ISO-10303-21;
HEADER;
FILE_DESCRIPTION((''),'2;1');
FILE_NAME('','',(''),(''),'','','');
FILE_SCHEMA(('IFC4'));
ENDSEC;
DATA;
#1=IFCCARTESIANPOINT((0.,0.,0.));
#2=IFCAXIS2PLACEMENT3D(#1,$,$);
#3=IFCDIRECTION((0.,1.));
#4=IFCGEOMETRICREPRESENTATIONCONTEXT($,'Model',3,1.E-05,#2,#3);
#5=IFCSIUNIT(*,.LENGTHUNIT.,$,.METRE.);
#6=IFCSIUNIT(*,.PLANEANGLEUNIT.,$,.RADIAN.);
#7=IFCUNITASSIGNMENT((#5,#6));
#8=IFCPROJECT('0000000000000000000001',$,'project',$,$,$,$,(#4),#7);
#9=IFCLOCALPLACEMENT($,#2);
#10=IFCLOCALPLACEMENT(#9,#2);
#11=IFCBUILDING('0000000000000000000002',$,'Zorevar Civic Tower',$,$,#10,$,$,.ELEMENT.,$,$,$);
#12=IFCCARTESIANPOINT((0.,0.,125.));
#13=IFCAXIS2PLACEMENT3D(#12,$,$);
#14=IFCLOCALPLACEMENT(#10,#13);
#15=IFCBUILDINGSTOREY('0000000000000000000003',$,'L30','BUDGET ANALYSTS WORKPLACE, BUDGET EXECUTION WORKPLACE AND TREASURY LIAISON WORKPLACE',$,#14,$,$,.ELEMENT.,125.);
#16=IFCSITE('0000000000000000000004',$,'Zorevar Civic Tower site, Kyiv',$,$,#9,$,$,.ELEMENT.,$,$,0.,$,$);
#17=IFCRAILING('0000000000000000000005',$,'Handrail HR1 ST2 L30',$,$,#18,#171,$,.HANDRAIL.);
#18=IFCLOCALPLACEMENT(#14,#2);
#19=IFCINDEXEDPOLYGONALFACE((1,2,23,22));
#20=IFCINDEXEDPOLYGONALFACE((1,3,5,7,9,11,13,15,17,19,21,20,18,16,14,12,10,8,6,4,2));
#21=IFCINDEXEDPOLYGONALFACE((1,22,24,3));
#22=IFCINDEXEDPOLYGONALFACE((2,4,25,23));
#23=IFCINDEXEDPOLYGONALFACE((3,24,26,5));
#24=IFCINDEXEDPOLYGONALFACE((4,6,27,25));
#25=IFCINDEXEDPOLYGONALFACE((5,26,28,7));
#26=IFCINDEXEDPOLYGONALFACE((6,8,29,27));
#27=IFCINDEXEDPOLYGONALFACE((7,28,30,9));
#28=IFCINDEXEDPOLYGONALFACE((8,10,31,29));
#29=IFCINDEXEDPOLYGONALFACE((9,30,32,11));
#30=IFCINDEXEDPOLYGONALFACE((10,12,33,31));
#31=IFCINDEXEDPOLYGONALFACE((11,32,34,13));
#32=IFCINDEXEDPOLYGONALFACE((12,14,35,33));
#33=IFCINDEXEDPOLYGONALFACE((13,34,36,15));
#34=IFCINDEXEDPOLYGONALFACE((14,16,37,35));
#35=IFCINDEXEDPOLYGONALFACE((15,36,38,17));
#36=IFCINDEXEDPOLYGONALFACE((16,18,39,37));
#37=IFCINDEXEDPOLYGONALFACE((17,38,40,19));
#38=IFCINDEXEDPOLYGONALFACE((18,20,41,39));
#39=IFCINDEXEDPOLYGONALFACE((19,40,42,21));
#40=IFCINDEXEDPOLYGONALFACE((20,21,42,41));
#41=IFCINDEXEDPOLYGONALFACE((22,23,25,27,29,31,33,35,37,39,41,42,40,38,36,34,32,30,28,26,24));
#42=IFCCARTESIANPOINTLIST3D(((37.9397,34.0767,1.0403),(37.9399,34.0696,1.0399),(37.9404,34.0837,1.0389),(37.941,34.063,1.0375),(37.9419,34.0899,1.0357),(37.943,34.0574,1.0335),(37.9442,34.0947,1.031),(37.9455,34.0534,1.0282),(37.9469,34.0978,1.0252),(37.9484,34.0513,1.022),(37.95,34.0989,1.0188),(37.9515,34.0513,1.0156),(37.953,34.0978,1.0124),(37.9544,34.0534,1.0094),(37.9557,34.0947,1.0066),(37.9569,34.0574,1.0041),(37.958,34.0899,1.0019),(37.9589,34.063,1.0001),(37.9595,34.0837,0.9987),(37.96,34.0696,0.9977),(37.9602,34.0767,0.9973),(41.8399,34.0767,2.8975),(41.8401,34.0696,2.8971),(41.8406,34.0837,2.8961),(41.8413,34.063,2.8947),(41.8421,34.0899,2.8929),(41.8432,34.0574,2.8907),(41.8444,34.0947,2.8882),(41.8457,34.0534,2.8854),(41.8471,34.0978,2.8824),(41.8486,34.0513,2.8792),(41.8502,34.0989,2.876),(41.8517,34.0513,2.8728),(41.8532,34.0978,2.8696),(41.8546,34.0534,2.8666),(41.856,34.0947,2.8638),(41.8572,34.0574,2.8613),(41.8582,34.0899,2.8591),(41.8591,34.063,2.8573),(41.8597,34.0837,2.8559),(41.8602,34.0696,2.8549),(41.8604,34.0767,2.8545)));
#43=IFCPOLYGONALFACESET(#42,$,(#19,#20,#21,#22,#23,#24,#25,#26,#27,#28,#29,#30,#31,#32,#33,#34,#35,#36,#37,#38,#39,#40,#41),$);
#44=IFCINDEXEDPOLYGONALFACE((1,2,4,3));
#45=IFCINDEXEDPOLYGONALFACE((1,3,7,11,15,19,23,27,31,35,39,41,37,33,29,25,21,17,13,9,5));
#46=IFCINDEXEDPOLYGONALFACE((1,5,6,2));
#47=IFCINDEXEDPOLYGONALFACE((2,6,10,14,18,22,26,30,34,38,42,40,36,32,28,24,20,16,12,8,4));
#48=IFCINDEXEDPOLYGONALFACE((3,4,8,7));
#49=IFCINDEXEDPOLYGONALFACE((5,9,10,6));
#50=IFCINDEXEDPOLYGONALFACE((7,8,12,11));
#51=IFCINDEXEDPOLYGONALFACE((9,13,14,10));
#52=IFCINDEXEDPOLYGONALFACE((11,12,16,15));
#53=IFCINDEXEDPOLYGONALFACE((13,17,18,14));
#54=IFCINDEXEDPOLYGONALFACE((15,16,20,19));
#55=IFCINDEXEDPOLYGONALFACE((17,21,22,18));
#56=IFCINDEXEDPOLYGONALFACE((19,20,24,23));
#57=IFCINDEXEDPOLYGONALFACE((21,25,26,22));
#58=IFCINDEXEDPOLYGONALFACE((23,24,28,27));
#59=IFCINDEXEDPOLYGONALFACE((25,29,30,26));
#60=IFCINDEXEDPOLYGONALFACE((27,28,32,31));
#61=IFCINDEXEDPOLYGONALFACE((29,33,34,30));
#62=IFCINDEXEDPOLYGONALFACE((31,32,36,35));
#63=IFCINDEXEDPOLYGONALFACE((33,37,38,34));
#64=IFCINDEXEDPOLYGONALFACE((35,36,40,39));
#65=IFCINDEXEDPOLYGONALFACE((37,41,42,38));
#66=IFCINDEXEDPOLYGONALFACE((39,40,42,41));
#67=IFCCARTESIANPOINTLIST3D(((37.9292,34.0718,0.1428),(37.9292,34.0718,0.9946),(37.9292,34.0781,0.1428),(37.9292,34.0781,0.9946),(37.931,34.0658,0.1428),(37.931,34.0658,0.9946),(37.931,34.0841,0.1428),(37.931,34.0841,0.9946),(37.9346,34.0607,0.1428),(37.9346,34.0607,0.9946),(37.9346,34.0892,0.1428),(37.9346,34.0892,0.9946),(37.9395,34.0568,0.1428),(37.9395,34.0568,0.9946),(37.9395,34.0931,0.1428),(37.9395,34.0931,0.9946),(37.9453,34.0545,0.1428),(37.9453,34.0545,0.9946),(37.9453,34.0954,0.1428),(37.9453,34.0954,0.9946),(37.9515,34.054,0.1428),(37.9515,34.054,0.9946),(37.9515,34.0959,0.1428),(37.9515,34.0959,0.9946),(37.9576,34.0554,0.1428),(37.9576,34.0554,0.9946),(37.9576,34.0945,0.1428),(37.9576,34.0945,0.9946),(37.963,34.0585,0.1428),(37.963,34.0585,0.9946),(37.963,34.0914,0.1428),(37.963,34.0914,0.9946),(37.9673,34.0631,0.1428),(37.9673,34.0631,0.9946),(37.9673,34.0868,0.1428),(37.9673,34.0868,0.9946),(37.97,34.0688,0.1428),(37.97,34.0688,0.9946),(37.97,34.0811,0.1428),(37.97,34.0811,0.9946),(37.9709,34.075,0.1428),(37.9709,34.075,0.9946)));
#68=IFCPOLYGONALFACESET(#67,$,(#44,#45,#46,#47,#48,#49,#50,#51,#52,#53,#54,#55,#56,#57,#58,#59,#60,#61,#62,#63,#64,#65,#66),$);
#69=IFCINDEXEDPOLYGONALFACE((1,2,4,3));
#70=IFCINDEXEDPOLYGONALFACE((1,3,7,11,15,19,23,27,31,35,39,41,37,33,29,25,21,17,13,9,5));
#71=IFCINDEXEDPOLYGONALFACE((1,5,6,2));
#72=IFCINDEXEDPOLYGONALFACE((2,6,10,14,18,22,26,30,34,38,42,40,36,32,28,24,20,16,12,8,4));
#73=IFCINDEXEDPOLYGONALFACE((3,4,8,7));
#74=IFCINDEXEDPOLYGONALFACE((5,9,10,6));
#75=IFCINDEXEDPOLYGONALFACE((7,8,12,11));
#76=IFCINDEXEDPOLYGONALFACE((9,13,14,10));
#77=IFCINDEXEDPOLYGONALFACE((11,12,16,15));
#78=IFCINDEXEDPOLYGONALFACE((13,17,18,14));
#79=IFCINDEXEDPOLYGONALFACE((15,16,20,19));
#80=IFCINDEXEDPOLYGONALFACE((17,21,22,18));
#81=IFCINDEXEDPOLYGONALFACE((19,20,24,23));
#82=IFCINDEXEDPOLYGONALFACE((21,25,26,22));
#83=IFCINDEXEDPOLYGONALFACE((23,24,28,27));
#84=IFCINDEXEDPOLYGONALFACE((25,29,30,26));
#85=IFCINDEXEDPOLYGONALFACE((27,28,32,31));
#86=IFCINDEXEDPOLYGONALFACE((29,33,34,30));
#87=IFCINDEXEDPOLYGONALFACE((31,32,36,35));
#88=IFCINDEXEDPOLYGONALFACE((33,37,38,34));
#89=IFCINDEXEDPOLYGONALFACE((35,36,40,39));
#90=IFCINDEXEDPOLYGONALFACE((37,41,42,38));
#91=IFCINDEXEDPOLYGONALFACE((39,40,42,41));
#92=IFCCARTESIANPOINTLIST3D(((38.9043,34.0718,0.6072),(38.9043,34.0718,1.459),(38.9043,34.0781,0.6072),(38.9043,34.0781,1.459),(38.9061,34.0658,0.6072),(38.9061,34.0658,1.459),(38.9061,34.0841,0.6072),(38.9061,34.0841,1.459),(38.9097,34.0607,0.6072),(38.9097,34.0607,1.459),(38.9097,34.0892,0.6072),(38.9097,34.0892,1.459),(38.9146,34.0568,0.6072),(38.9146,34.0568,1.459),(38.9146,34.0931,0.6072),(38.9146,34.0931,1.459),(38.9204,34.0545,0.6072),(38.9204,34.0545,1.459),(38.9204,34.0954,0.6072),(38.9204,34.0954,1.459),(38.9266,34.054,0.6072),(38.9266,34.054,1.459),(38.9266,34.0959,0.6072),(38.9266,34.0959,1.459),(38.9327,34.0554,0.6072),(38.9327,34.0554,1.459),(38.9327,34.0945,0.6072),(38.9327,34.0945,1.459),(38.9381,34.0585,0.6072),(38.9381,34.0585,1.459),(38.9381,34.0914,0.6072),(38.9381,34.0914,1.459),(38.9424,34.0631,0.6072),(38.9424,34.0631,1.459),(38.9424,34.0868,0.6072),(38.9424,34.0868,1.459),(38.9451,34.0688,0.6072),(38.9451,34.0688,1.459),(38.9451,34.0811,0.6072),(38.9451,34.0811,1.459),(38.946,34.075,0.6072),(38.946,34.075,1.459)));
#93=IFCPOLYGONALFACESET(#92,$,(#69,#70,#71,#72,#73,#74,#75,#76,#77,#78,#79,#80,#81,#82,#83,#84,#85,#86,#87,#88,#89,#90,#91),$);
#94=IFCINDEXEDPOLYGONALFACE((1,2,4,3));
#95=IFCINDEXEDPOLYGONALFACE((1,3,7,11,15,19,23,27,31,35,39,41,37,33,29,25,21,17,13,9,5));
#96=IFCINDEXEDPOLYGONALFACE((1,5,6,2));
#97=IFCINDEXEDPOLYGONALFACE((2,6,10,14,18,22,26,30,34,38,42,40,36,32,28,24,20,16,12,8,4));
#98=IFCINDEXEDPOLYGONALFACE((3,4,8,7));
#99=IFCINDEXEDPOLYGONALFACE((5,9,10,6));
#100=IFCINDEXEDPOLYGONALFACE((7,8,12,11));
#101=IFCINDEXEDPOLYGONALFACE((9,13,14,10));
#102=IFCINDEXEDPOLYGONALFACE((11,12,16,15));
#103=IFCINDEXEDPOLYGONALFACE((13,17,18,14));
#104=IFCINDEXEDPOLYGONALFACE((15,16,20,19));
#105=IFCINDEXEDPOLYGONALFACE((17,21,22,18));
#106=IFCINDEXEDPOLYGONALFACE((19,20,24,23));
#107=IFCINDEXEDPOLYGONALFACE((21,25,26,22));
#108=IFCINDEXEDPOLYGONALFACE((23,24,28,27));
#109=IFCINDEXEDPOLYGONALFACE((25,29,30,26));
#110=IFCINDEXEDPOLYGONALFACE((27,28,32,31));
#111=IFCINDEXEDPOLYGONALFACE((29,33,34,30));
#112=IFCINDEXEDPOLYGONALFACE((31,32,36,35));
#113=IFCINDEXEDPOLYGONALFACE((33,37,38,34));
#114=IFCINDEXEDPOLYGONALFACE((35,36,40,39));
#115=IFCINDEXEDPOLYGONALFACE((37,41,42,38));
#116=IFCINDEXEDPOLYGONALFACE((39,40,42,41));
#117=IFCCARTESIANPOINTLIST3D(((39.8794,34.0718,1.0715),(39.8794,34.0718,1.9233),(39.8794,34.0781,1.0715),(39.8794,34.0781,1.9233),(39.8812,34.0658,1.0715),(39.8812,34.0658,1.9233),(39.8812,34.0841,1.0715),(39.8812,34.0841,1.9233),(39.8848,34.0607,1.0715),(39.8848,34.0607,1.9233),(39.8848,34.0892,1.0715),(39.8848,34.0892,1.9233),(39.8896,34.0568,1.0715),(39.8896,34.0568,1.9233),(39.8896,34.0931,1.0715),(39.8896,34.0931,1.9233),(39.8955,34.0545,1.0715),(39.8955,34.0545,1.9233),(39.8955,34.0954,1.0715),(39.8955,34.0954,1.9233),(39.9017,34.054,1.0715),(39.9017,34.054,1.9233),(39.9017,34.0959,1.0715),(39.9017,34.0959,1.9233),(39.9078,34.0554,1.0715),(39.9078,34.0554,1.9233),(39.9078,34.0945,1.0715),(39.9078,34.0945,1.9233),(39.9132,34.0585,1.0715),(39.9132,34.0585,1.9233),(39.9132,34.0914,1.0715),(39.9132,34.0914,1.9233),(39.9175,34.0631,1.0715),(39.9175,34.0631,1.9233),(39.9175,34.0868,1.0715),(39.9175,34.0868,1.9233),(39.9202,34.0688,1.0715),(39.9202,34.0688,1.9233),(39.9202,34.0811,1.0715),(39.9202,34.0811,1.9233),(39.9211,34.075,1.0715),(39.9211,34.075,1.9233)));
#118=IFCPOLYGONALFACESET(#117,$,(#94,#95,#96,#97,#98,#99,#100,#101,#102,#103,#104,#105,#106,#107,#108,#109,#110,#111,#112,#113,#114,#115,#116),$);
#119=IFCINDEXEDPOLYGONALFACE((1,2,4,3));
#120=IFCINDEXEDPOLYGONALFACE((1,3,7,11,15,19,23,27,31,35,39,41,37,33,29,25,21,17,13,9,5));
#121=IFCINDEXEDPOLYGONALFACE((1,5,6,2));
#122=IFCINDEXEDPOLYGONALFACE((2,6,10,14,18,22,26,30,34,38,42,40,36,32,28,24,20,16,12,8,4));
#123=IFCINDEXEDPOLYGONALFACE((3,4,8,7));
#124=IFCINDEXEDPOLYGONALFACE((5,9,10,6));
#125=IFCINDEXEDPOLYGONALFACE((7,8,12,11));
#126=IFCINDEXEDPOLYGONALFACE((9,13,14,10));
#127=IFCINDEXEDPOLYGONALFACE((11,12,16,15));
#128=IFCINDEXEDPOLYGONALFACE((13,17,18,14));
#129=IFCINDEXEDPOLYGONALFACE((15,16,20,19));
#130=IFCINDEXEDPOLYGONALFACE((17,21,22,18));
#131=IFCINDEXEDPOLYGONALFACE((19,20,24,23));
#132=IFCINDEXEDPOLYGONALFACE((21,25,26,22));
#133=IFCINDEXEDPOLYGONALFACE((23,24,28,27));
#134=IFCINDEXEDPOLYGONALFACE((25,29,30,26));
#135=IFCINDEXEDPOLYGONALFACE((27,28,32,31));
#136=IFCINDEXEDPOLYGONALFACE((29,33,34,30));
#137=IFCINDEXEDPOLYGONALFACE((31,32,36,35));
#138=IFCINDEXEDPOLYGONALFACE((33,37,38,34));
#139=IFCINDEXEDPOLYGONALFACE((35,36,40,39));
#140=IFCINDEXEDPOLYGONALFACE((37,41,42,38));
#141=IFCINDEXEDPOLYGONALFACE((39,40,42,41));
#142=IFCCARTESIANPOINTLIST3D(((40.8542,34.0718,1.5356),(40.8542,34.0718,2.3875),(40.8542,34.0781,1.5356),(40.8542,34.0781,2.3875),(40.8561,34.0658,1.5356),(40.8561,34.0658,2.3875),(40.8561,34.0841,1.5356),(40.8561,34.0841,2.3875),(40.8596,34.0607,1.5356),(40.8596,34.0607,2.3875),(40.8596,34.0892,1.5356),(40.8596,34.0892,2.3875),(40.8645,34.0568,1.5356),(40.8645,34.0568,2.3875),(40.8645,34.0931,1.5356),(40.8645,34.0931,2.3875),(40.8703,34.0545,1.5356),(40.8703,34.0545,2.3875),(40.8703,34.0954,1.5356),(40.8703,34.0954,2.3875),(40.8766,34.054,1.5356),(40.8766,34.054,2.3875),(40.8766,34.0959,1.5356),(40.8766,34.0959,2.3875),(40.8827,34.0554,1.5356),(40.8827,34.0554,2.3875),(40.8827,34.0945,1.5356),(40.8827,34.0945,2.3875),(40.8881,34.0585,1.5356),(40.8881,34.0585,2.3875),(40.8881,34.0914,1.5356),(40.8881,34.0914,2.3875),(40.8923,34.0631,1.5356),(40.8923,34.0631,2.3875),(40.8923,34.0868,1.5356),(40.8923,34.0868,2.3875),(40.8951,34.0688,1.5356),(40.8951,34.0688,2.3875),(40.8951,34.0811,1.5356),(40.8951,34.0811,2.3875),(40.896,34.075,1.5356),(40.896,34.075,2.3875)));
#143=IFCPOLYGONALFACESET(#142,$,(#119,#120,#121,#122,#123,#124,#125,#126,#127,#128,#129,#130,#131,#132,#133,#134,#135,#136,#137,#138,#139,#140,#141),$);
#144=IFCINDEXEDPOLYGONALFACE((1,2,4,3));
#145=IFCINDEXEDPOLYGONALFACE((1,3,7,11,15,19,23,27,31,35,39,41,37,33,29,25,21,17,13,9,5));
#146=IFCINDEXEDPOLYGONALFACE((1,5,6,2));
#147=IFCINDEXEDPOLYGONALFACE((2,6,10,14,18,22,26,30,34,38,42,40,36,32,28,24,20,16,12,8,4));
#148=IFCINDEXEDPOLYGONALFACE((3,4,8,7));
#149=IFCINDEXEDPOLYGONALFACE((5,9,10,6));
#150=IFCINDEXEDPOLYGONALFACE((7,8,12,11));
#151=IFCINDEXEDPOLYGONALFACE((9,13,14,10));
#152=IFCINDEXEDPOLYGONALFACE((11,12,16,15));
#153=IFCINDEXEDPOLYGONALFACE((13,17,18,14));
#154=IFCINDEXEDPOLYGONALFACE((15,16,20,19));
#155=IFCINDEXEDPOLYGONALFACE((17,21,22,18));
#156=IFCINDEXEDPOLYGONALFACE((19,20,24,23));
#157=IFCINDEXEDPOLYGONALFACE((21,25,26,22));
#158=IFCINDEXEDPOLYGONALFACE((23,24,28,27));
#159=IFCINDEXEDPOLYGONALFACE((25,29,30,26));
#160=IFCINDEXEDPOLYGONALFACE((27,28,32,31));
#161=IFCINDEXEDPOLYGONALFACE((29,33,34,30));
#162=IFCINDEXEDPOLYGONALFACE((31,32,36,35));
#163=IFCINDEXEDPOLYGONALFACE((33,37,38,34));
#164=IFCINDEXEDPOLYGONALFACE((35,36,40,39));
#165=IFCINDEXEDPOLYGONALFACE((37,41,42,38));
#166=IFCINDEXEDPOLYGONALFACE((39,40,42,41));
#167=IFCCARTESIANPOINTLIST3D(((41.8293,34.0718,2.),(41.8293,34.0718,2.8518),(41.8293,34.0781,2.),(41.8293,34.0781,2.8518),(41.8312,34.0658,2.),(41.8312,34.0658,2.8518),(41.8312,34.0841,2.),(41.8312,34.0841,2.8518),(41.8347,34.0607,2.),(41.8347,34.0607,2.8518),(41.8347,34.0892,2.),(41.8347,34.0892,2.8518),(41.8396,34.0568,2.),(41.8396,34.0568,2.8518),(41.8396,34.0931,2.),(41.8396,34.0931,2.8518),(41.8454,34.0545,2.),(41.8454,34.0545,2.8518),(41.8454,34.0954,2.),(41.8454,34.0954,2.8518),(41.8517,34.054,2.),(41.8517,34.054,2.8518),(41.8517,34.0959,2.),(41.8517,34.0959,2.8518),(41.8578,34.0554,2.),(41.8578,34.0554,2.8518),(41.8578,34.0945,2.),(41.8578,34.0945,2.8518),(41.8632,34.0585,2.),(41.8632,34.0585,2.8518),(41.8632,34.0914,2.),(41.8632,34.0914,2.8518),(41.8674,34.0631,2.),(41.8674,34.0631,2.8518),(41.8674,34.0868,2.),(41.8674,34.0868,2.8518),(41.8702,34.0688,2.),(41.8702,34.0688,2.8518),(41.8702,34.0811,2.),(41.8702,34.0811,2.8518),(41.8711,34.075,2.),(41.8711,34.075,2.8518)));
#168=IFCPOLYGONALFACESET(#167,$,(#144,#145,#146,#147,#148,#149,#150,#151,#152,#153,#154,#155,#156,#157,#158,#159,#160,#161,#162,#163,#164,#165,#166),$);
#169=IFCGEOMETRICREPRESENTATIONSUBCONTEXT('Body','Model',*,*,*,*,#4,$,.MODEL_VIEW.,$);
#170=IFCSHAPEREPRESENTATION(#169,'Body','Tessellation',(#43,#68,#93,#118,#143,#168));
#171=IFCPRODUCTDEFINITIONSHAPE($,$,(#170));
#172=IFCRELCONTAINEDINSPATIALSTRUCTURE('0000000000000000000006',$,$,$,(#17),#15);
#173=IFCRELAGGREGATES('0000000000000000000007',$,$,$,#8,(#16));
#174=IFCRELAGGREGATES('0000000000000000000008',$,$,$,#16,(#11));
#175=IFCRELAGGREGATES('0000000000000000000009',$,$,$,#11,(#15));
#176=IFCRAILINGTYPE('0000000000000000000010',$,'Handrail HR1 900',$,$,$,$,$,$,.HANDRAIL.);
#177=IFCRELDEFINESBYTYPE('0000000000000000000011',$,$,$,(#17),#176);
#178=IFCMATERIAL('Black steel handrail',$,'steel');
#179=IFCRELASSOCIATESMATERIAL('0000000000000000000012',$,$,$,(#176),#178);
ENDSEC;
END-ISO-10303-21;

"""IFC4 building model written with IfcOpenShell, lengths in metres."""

from ifc_helpers import new_model, si_unit, direction, frame, origin, origin_2d, place, context, subcontext, project, spatial, circle, extrude, material, type_object, element, save


model = new_model("IFC4")

# Units and contexts
model_context = context("Model", 3, precision=1e-05, world=origin(), true_north=direction((0.0, 1.0)))
body_context = subcontext(model_context, "Body", "Model", "MODEL_VIEW")
ifc_project = project(units=[si_unit("LENGTHUNIT", "METRE"), si_unit("PLANEANGLEUNIT", "RADIAN")], contexts=[model_context])

# Site, building, storey
site_placement = place(None, origin())
site = spatial("IfcSite", under=ifc_project, at=site_placement, Name="Zorevar Civic Tower site, Kyiv", CompositionType="ELEMENT", RefElevation=0.0)
building_placement = place(site_placement, origin())
building = spatial("IfcBuilding", under=site, at=building_placement, Name="Zorevar Civic Tower", CompositionType="ELEMENT")
storey_placement = place(building_placement, frame((0.0, 0.0, 125.0)))
storey = spatial("IfcBuildingStorey", under=building, at=storey_placement, Name="L30", Description="BUDGET ANALYSTS WORKPLACE, BUDGET EXECUTION WORKPLACE AND TREASURY LIAISON WORKPLACE", CompositionType="ELEMENT", Elevation=125.0)

# Railing
ifc_material_1 = material(Name="Black steel handrail", Category="steel")
railing_type = type_object("IfcRailingType", Name="Handrail HR1 900", PredefinedType="HANDRAIL", material=ifc_material_1)
railing_1_placement = place(storey_placement, frame((37.95, 34.075, 0.1428)))
element("IfcRailing", 1, at=railing_1_placement, inside=storey, type_object=railing_type, Name="Handrail HR1 ST2 L30", PredefinedType="HANDRAIL", context=body_context, shape_type="SweptSolid", body=[
    extrude(circle(Radius=0.0239, at=origin_2d()), frame((0.0, 0.0, 0.876), z_axis=(0.902864, 0.0, 0.429927), x_axis=(0.0, 1.0, 0.0)), (0.0, 0.0, 1.0), 4.3198),
    extrude(circle(Radius=0.021, at=origin_2d()), origin(), (0.0, 0.0, 1.0), 0.8518),
    extrude(circle(Radius=0.021, at=origin_2d()), frame((0.9751, 0.0, 0.4644)), (0.0, 0.0, 1.0), 0.8518),
    extrude(circle(Radius=0.021, at=origin_2d()), frame((1.9502, 0.0, 0.9287)), (0.0, 0.0, 1.0), 0.8518),
    extrude(circle(Radius=0.021, at=origin_2d()), frame((2.925, 0.0, 1.3928)), (0.0, 0.0, 1.0), 0.8518),
    extrude(circle(Radius=0.021, at=origin_2d()), frame((3.9001, 0.0, 1.8572)), (0.0, 0.0, 1.0), 0.8518),
])

save(model, "model.ifc")
